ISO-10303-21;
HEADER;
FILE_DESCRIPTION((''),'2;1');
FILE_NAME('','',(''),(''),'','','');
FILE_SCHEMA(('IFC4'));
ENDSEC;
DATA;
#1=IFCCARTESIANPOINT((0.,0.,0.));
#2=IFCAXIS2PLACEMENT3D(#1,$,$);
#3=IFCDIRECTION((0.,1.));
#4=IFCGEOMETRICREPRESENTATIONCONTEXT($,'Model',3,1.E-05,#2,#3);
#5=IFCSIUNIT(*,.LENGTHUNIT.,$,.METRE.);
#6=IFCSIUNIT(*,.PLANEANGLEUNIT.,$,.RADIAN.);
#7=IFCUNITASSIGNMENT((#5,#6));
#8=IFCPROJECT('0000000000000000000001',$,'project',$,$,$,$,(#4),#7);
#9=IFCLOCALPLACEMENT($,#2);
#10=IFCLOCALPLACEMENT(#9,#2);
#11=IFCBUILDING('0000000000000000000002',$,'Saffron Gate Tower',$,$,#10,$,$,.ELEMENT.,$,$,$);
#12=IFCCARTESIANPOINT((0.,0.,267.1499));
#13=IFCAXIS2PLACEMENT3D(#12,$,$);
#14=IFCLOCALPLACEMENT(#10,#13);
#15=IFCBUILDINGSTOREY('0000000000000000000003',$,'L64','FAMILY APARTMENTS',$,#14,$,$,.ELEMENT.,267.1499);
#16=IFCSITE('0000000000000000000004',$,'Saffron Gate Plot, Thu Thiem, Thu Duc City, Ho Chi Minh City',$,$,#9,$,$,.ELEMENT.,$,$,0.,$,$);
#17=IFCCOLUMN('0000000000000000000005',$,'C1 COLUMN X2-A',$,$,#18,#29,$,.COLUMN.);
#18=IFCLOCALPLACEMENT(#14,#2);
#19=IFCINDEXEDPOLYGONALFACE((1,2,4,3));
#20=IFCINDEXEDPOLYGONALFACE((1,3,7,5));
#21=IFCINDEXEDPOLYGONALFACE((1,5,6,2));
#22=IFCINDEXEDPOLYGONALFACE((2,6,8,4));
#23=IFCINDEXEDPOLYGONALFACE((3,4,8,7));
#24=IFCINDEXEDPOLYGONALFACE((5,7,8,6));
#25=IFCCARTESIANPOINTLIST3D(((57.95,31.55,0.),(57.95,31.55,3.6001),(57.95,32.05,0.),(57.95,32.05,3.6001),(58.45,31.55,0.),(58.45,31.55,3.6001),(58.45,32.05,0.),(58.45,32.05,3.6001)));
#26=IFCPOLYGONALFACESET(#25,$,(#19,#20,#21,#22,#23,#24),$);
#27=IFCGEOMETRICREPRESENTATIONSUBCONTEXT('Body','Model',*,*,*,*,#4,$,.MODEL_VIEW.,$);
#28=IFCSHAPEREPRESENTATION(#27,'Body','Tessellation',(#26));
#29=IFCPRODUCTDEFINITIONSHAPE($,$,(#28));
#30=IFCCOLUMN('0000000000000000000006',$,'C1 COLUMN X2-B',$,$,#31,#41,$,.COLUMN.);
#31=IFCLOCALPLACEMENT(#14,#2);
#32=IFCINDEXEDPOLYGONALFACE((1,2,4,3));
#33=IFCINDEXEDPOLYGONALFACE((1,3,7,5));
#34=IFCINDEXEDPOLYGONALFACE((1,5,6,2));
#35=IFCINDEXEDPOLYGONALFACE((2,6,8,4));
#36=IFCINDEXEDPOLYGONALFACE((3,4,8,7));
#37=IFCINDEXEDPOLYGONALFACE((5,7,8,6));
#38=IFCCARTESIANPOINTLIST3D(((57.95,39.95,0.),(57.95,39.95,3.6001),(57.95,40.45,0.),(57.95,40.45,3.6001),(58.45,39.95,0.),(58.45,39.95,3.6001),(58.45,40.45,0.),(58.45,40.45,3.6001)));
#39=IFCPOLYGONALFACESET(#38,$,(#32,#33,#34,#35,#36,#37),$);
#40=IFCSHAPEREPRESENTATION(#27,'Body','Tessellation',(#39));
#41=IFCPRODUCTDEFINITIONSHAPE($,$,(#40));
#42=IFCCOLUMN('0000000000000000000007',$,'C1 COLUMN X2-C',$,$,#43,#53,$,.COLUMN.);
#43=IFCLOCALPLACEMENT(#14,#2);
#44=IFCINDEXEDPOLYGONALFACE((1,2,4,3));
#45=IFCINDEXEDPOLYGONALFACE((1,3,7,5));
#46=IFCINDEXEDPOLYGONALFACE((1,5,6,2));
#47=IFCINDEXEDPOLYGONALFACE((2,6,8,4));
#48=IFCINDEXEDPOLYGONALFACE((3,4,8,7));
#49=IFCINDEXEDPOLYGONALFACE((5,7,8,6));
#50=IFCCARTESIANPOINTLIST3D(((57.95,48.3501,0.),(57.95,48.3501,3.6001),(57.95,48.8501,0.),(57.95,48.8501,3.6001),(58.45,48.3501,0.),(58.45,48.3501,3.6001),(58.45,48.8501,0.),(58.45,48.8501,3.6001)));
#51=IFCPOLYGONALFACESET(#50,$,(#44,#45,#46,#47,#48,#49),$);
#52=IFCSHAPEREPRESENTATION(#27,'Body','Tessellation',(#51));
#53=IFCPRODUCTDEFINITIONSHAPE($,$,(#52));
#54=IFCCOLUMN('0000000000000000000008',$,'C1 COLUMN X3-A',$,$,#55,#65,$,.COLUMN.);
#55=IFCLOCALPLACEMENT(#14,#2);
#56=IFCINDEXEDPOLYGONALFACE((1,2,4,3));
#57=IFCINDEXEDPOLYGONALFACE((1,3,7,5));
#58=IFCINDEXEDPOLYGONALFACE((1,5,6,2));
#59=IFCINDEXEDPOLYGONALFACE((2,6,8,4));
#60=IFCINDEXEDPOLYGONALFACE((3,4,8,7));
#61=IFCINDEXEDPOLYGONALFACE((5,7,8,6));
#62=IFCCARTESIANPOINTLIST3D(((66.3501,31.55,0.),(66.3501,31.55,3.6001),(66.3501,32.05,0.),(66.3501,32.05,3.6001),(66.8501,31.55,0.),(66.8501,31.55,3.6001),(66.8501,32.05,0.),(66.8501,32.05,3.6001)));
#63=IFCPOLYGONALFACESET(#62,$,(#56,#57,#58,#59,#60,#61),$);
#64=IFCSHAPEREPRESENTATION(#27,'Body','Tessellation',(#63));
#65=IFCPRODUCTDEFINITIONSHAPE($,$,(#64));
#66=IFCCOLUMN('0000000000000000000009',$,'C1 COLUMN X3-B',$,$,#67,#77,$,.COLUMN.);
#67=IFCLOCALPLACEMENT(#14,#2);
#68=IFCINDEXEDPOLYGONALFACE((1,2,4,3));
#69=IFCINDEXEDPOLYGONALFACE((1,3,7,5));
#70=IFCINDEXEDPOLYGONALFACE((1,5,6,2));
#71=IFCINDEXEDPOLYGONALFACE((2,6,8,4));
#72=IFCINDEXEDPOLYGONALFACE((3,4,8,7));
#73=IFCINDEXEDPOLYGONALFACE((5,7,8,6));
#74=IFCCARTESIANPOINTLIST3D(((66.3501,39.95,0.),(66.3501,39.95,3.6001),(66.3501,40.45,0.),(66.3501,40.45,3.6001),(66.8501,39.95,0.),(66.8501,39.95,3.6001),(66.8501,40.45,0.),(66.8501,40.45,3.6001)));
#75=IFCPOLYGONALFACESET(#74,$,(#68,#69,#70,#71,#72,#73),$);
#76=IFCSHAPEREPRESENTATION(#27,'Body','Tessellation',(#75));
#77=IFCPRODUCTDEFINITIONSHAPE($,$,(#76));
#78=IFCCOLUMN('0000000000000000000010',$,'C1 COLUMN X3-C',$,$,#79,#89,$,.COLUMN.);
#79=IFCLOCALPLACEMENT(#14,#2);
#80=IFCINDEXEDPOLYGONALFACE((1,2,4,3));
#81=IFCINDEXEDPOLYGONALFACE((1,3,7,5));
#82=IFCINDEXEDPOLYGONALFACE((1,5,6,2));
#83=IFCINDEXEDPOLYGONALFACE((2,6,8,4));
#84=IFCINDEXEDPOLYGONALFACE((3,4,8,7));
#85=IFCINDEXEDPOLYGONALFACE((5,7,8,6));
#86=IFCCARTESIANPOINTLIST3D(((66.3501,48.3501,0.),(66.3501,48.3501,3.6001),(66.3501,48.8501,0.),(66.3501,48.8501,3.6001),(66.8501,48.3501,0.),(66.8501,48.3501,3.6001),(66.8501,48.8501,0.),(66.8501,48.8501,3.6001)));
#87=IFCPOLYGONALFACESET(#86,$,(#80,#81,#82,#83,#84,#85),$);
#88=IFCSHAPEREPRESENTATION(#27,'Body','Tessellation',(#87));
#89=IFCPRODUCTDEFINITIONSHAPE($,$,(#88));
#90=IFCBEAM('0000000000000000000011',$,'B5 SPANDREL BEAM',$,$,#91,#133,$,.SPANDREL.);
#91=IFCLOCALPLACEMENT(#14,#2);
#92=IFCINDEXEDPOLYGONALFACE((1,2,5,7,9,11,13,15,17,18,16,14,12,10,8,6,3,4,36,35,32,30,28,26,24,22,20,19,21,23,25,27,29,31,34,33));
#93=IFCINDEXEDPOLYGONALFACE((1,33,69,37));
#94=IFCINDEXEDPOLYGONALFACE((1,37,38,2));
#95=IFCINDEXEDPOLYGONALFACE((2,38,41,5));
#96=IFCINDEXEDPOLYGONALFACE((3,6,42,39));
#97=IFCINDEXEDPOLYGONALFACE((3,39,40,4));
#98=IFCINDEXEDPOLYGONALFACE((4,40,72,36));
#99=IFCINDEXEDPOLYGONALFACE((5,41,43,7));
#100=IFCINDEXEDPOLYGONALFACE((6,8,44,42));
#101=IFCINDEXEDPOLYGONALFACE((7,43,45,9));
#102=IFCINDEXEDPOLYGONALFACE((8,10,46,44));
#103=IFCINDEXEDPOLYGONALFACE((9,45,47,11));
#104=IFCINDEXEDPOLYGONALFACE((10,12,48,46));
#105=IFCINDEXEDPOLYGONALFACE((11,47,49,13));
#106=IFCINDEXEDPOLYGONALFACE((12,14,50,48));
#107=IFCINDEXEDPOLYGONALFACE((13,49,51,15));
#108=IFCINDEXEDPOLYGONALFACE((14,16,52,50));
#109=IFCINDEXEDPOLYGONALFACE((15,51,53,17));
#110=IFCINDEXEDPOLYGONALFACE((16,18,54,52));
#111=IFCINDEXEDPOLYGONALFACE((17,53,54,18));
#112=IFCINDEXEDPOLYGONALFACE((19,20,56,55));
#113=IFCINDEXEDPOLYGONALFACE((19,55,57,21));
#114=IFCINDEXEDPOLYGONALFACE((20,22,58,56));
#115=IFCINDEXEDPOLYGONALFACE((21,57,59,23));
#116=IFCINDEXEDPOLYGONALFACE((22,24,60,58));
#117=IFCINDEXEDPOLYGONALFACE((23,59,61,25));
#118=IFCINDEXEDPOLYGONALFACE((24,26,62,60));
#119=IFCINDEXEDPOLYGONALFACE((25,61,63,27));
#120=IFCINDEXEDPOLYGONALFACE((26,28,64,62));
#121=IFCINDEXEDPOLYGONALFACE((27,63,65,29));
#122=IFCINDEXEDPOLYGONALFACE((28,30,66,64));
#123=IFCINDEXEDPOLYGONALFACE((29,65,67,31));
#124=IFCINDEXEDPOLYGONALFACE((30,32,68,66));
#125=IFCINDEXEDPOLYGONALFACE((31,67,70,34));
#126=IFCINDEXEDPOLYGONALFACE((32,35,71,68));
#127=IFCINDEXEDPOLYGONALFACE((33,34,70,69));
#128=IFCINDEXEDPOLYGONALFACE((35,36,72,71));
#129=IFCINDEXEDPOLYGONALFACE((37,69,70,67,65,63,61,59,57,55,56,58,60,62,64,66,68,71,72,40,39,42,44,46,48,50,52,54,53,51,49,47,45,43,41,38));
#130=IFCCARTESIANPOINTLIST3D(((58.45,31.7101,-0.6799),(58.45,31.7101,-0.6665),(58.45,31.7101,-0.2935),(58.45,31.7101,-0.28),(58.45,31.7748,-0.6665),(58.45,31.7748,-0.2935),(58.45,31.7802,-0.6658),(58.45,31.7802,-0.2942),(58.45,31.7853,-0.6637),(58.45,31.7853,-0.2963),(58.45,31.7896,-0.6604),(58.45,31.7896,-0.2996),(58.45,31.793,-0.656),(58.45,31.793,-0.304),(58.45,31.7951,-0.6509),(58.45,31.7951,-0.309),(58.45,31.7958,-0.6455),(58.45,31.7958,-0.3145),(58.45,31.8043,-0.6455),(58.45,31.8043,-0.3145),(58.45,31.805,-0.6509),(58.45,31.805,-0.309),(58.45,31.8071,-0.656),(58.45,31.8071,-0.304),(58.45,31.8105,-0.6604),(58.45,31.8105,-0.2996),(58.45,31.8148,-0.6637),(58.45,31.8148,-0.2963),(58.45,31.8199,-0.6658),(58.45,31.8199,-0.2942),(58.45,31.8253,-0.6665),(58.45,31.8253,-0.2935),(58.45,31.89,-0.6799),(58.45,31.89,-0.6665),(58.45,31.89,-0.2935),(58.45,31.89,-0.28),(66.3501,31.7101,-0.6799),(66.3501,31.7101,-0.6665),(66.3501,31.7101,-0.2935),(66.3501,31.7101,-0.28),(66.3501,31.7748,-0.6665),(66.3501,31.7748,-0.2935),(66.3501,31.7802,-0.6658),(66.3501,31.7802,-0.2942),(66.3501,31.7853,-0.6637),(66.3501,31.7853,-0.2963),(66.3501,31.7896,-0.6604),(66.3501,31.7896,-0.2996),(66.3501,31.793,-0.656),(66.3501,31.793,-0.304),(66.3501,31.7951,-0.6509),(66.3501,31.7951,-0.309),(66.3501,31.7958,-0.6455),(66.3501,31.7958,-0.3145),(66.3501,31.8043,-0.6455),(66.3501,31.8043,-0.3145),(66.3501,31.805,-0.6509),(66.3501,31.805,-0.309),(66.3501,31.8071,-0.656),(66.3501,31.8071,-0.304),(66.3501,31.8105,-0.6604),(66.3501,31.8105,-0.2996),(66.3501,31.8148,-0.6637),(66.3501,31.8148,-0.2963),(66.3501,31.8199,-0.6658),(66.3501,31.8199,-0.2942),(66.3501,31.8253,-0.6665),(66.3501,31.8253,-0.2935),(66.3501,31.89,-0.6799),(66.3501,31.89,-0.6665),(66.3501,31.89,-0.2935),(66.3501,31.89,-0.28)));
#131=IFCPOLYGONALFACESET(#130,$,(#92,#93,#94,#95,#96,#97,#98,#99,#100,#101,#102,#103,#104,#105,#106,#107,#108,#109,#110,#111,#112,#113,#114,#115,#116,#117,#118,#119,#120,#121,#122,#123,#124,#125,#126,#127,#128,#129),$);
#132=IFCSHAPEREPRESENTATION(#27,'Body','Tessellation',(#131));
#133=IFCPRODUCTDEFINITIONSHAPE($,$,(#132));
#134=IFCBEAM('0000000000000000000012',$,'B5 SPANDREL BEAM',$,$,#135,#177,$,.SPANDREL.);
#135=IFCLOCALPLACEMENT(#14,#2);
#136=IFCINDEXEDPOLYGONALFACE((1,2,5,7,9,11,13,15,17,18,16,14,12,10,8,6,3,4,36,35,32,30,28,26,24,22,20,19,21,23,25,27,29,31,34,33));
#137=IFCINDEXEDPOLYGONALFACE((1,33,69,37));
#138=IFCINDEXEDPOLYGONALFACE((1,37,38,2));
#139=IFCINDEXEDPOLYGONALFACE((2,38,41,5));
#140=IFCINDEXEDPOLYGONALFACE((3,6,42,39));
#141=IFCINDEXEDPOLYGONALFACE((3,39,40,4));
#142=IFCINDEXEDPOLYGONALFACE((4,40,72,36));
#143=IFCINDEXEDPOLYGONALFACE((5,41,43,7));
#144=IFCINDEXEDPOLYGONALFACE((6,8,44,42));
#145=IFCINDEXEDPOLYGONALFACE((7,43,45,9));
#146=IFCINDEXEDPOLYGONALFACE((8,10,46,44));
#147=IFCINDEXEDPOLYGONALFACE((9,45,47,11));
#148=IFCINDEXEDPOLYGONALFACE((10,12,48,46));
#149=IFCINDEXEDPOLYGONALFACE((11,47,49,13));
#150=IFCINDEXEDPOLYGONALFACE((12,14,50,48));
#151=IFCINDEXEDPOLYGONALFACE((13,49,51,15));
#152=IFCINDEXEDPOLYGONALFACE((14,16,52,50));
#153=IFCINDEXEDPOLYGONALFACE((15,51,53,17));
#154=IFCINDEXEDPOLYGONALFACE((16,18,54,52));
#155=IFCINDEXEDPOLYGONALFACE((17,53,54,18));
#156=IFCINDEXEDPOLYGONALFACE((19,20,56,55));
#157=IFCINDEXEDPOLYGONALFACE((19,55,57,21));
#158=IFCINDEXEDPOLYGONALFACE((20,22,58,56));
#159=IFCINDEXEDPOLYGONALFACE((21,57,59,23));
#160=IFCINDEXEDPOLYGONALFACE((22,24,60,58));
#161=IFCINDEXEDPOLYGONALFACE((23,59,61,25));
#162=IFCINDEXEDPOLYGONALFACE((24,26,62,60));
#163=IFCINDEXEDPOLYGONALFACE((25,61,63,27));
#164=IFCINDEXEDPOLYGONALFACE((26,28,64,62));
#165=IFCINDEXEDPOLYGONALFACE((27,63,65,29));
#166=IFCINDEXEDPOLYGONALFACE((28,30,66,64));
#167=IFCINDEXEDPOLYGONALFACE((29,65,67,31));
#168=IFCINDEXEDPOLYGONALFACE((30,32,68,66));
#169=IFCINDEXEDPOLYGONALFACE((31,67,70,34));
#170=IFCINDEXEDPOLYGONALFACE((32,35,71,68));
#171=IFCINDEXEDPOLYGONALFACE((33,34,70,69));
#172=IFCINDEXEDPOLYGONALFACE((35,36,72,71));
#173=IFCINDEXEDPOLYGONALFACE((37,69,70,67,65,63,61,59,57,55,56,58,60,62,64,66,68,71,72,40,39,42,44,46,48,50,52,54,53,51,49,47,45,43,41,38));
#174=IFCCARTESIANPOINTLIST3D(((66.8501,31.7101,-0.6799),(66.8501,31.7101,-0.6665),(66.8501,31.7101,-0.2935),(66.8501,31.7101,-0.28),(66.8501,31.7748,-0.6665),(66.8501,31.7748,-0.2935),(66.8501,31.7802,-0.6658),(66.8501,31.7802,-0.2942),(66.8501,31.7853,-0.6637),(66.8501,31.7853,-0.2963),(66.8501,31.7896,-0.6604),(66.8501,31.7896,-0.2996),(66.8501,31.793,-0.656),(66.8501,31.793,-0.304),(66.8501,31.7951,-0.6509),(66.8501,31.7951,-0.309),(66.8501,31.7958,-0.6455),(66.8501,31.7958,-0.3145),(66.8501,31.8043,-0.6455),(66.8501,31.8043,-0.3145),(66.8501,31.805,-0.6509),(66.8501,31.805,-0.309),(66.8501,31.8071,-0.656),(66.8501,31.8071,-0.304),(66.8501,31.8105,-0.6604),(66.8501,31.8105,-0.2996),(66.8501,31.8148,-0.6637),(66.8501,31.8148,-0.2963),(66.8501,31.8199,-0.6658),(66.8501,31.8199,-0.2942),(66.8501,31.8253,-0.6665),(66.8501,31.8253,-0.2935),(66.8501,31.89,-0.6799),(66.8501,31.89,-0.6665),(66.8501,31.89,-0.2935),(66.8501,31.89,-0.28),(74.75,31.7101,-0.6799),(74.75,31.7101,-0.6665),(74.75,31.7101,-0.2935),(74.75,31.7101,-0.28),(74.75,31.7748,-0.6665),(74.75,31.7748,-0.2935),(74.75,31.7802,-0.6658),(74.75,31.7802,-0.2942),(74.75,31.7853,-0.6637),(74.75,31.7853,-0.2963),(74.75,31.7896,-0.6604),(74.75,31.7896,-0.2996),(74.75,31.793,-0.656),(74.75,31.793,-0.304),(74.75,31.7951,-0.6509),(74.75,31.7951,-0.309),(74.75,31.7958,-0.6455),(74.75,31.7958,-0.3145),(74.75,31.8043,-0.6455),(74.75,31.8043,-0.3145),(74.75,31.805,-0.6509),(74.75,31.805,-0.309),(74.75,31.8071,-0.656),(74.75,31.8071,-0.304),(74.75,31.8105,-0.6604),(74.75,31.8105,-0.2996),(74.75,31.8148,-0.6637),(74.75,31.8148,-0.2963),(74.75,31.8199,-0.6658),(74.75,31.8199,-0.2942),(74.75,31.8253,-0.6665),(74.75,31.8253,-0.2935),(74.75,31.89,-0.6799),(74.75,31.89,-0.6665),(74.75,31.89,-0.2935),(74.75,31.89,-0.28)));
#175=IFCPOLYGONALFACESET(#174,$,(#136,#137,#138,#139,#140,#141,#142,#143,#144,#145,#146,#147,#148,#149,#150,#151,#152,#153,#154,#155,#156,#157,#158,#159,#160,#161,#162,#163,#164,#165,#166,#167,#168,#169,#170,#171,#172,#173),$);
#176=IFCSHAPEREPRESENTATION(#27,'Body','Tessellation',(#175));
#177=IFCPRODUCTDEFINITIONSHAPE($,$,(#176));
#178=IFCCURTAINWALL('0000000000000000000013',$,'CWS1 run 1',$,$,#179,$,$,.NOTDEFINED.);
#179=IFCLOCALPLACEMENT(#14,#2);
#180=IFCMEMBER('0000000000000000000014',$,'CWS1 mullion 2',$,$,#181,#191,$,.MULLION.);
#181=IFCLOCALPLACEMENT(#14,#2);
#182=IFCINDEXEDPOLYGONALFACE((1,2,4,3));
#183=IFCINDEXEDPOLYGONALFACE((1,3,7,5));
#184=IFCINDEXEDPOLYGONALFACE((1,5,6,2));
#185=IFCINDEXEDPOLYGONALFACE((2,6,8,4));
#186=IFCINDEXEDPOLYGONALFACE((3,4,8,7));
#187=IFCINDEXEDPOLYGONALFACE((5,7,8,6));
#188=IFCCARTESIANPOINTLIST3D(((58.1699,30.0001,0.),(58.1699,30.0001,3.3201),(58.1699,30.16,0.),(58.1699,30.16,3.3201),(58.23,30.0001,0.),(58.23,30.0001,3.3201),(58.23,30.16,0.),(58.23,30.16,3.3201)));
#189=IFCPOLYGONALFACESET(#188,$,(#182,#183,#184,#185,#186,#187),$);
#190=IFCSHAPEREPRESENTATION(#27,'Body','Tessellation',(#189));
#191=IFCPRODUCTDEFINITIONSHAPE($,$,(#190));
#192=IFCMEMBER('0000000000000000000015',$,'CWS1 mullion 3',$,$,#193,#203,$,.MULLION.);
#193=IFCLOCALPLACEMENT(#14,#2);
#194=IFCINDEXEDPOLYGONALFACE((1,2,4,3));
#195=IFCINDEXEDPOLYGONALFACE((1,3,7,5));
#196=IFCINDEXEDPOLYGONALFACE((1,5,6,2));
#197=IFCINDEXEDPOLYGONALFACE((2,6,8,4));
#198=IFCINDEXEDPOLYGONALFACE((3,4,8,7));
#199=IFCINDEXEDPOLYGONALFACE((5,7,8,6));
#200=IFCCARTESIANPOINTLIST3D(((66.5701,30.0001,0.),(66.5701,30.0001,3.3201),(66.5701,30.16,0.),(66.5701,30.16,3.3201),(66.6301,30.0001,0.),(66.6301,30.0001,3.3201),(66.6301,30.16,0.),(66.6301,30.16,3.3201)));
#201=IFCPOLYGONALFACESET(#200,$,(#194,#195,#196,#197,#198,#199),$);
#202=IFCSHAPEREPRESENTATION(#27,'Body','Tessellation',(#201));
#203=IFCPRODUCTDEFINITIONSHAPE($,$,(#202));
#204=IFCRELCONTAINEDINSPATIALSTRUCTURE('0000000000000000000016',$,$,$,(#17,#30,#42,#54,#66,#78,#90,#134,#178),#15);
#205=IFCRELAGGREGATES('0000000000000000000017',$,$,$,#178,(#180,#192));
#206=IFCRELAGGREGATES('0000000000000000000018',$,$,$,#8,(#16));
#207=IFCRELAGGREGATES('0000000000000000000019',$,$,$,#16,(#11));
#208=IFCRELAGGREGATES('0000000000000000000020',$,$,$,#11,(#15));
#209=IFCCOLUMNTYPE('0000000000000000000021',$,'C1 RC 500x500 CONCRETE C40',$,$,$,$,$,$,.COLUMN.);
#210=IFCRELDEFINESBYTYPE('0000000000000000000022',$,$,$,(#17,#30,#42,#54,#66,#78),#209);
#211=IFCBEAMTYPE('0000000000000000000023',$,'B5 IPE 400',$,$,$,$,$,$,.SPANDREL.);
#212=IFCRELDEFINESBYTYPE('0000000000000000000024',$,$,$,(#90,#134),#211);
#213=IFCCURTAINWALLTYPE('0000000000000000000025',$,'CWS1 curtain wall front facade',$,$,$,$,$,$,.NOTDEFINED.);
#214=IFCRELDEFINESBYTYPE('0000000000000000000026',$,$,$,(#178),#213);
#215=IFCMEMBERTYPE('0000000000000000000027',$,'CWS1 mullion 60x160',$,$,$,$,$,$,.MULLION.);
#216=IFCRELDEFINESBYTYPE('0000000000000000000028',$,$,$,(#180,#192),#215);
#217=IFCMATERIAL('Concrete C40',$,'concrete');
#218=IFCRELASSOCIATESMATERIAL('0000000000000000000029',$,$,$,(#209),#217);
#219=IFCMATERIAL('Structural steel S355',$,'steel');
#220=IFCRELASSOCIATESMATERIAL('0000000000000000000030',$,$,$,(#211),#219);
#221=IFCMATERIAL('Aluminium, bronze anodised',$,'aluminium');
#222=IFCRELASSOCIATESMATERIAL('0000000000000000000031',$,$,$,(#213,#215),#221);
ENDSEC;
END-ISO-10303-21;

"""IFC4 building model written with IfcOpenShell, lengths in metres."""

from ifc_helpers import new_model, si_unit, direction, frame, origin, origin_2d, place, context, subcontext, project, spatial, rectangle, i_section, extrude, material, material_profile, profile_set, type_object, element, aggregate, save


model = new_model("IFC4")

# Units and contexts
model_context = context("Model", 3, precision=1e-05, world=origin(), true_north=direction((0.0, 1.0)))
body_context = subcontext(model_context, "Body", "Model", "MODEL_VIEW")
ifc_project = project(units=[si_unit("LENGTHUNIT", "METRE"), si_unit("PLANEANGLEUNIT", "RADIAN")], contexts=[model_context])

# Site, building, storey
site_placement = place(None, origin())
site = spatial("IfcSite", under=ifc_project, at=site_placement, Name="Saffron Gate Plot, Thu Thiem, Thu Duc City, Ho Chi Minh City", CompositionType="ELEMENT", RefElevation=0.0)
building_placement = place(site_placement, origin())
building = spatial("IfcBuilding", under=site, at=building_placement, Name="Saffron Gate Tower", CompositionType="ELEMENT")
storey_placement = place(building_placement, frame((0.0, 0.0, 267.1499)))
storey = spatial("IfcBuildingStorey", under=building, at=storey_placement, Name="L64", Description="FAMILY APARTMENTS", CompositionType="ELEMENT", Elevation=267.1499)

# Columns
ifc_material_1 = material(Name="Concrete C40", Category="concrete")
ifc_material_profile_1 = material_profile(ifc_material_1, rectangle(XDim=0.5, YDim=0.5, at=origin_2d()))
ifc_profile_set_1 = profile_set([ifc_material_profile_1], Name="Concrete C40")
column_type = type_object("IfcColumnType", Name="C1 RC 500x500 CONCRETE C40", PredefinedType="COLUMN", material=ifc_profile_set_1)
for number, where, z_axis, x_axis, name in (
    (1, (58.2, 31.8, 0.0), (0.0, 0.0, 1.0), (1.0, 0.0, 0.0), "C1 COLUMN X2-A"),
    (2, (58.2, 40.2, 0.0), (0.0, 0.0, 1.0), (1.0, 0.0, 0.0), "C1 COLUMN X2-B"),
    (3, (58.2, 48.6001, 0.0), (0.0, 0.0, 1.0), (1.0, 0.0, 0.0), "C1 COLUMN X2-C"),
    (4, (66.6001, 31.8, 0.0), (0.0, 0.0, 1.0), (1.0, 0.0, 0.0), "C1 COLUMN X3-A"),
    (5, (66.6001, 40.2, 0.0), (0.0, 0.0, 1.0), (1.0, 0.0, 0.0), "C1 COLUMN X3-B"),
    (6, (66.6001, 48.6001, 0.0), (0.0, 0.0, 1.0), (1.0, 0.0, 0.0), "C1 COLUMN X3-C"),
):
    element("IfcColumn", number, at=place(storey_placement, frame(where, z_axis=z_axis, x_axis=x_axis)), inside=storey, type_object=column_type, Name=name, PredefinedType="COLUMN", context=body_context, shape_type="SweptSolid", body=[
        extrude(rectangle(XDim=0.5, YDim=0.5, at=origin_2d()), origin(), (0.0, 0.0, 1.0), 3.6001),
    ])

# Beams
ifc_material_2 = material(Name="Structural steel S355", Category="steel")
ifc_material_profile_2 = material_profile(ifc_material_2, i_section(OverallWidth=0.1799, OverallDepth=0.3999, WebThickness=0.0085, FlangeThickness=0.0134, FilletRadius=0.021, at=origin_2d()))
ifc_profile_set_2 = profile_set([ifc_material_profile_2], Name="Structural steel S355")
beam_type = type_object("IfcBeamType", Name="B5 IPE 400", PredefinedType="SPANDREL", material=ifc_profile_set_2)
beam_1_placement = place(storey_placement, frame((58.45, 31.8, -0.48), z_axis=(1.0, 0.0, 0.0), x_axis=(0.0, 1.0, 0.0)))
element("IfcBeam", 7, at=beam_1_placement, inside=storey, type_object=beam_type, Name="B5 SPANDREL BEAM", PredefinedType="SPANDREL", context=body_context, shape_type="SweptSolid", body=[
    extrude(i_section(OverallWidth=0.1799, OverallDepth=0.3999, WebThickness=0.0085, FlangeThickness=0.0134, FilletRadius=0.021, at=origin_2d()), origin(), (0.0, 0.0, 1.0), 7.9001),
])
beam_2_placement = place(storey_placement, frame((66.8501, 31.8, -0.48), z_axis=(1.0, 0.0, 0.0), x_axis=(0.0, 1.0, 0.0)))
element("IfcBeam", 8, at=beam_2_placement, inside=storey, type_object=beam_type, Name="B5 SPANDREL BEAM", PredefinedType="SPANDREL", context=body_context, shape_type="SweptSolid", body=[
    extrude(i_section(OverallWidth=0.1799, OverallDepth=0.3999, WebThickness=0.0085, FlangeThickness=0.0134, FilletRadius=0.021, at=origin_2d()), origin(), (0.0, 0.0, 1.0), 7.8999),
])

# Curtain wall, members
ifc_material_3 = material(Name="Aluminium, bronze anodised", Category="aluminium")
curtain_wall_type = type_object("IfcCurtainWallType", Name="CWS1 curtain wall front facade", PredefinedType="NOTDEFINED", material=ifc_material_3)
curtain_wall_placement = place(storey_placement, origin())
curtain_wall = element("IfcCurtainWall", 9, at=curtain_wall_placement, inside=storey, type_object=curtain_wall_type, Name="CWS1 run 1", PredefinedType="NOTDEFINED")
ifc_material_profile_3 = material_profile(ifc_material_3, rectangle(XDim=0.1599, YDim=0.0601, at=origin_2d()))
ifc_profile_set_3 = profile_set([ifc_material_profile_3], Name="Aluminium, bronze anodised")
member_type = type_object("IfcMemberType", Name="CWS1 mullion 60x160", PredefinedType="MULLION", material=ifc_profile_set_3)
member_1_placement = place(storey_placement, frame((58.2, 30.0801, 0.0), z_axis=(0.0, 0.0, 1.0), x_axis=(0.0, 1.0, 0.0)))
member_1 = element("IfcMember", 10, at=member_1_placement, type_object=member_type, Name="CWS1 mullion 2", PredefinedType="MULLION", context=body_context, shape_type="SweptSolid", body=[
    extrude(rectangle(XDim=0.1599, YDim=0.0601, at=origin_2d()), origin(), (0.0, 0.0, 1.0), 3.3201),
])
member_2_placement = place(storey_placement, frame((66.6001, 30.0801, 0.0), z_axis=(0.0, 0.0, 1.0), x_axis=(0.0, 1.0, 0.0)))
member_2 = element("IfcMember", 11, at=member_2_placement, type_object=member_type, Name="CWS1 mullion 3", PredefinedType="MULLION", context=body_context, shape_type="SweptSolid", body=[
    extrude(rectangle(XDim=0.1599, YDim=0.0601, at=origin_2d()), origin(), (0.0, 0.0, 1.0), 3.3201),
])
aggregate(curtain_wall, [member_1, member_2])

save(model, "model.ifc")
